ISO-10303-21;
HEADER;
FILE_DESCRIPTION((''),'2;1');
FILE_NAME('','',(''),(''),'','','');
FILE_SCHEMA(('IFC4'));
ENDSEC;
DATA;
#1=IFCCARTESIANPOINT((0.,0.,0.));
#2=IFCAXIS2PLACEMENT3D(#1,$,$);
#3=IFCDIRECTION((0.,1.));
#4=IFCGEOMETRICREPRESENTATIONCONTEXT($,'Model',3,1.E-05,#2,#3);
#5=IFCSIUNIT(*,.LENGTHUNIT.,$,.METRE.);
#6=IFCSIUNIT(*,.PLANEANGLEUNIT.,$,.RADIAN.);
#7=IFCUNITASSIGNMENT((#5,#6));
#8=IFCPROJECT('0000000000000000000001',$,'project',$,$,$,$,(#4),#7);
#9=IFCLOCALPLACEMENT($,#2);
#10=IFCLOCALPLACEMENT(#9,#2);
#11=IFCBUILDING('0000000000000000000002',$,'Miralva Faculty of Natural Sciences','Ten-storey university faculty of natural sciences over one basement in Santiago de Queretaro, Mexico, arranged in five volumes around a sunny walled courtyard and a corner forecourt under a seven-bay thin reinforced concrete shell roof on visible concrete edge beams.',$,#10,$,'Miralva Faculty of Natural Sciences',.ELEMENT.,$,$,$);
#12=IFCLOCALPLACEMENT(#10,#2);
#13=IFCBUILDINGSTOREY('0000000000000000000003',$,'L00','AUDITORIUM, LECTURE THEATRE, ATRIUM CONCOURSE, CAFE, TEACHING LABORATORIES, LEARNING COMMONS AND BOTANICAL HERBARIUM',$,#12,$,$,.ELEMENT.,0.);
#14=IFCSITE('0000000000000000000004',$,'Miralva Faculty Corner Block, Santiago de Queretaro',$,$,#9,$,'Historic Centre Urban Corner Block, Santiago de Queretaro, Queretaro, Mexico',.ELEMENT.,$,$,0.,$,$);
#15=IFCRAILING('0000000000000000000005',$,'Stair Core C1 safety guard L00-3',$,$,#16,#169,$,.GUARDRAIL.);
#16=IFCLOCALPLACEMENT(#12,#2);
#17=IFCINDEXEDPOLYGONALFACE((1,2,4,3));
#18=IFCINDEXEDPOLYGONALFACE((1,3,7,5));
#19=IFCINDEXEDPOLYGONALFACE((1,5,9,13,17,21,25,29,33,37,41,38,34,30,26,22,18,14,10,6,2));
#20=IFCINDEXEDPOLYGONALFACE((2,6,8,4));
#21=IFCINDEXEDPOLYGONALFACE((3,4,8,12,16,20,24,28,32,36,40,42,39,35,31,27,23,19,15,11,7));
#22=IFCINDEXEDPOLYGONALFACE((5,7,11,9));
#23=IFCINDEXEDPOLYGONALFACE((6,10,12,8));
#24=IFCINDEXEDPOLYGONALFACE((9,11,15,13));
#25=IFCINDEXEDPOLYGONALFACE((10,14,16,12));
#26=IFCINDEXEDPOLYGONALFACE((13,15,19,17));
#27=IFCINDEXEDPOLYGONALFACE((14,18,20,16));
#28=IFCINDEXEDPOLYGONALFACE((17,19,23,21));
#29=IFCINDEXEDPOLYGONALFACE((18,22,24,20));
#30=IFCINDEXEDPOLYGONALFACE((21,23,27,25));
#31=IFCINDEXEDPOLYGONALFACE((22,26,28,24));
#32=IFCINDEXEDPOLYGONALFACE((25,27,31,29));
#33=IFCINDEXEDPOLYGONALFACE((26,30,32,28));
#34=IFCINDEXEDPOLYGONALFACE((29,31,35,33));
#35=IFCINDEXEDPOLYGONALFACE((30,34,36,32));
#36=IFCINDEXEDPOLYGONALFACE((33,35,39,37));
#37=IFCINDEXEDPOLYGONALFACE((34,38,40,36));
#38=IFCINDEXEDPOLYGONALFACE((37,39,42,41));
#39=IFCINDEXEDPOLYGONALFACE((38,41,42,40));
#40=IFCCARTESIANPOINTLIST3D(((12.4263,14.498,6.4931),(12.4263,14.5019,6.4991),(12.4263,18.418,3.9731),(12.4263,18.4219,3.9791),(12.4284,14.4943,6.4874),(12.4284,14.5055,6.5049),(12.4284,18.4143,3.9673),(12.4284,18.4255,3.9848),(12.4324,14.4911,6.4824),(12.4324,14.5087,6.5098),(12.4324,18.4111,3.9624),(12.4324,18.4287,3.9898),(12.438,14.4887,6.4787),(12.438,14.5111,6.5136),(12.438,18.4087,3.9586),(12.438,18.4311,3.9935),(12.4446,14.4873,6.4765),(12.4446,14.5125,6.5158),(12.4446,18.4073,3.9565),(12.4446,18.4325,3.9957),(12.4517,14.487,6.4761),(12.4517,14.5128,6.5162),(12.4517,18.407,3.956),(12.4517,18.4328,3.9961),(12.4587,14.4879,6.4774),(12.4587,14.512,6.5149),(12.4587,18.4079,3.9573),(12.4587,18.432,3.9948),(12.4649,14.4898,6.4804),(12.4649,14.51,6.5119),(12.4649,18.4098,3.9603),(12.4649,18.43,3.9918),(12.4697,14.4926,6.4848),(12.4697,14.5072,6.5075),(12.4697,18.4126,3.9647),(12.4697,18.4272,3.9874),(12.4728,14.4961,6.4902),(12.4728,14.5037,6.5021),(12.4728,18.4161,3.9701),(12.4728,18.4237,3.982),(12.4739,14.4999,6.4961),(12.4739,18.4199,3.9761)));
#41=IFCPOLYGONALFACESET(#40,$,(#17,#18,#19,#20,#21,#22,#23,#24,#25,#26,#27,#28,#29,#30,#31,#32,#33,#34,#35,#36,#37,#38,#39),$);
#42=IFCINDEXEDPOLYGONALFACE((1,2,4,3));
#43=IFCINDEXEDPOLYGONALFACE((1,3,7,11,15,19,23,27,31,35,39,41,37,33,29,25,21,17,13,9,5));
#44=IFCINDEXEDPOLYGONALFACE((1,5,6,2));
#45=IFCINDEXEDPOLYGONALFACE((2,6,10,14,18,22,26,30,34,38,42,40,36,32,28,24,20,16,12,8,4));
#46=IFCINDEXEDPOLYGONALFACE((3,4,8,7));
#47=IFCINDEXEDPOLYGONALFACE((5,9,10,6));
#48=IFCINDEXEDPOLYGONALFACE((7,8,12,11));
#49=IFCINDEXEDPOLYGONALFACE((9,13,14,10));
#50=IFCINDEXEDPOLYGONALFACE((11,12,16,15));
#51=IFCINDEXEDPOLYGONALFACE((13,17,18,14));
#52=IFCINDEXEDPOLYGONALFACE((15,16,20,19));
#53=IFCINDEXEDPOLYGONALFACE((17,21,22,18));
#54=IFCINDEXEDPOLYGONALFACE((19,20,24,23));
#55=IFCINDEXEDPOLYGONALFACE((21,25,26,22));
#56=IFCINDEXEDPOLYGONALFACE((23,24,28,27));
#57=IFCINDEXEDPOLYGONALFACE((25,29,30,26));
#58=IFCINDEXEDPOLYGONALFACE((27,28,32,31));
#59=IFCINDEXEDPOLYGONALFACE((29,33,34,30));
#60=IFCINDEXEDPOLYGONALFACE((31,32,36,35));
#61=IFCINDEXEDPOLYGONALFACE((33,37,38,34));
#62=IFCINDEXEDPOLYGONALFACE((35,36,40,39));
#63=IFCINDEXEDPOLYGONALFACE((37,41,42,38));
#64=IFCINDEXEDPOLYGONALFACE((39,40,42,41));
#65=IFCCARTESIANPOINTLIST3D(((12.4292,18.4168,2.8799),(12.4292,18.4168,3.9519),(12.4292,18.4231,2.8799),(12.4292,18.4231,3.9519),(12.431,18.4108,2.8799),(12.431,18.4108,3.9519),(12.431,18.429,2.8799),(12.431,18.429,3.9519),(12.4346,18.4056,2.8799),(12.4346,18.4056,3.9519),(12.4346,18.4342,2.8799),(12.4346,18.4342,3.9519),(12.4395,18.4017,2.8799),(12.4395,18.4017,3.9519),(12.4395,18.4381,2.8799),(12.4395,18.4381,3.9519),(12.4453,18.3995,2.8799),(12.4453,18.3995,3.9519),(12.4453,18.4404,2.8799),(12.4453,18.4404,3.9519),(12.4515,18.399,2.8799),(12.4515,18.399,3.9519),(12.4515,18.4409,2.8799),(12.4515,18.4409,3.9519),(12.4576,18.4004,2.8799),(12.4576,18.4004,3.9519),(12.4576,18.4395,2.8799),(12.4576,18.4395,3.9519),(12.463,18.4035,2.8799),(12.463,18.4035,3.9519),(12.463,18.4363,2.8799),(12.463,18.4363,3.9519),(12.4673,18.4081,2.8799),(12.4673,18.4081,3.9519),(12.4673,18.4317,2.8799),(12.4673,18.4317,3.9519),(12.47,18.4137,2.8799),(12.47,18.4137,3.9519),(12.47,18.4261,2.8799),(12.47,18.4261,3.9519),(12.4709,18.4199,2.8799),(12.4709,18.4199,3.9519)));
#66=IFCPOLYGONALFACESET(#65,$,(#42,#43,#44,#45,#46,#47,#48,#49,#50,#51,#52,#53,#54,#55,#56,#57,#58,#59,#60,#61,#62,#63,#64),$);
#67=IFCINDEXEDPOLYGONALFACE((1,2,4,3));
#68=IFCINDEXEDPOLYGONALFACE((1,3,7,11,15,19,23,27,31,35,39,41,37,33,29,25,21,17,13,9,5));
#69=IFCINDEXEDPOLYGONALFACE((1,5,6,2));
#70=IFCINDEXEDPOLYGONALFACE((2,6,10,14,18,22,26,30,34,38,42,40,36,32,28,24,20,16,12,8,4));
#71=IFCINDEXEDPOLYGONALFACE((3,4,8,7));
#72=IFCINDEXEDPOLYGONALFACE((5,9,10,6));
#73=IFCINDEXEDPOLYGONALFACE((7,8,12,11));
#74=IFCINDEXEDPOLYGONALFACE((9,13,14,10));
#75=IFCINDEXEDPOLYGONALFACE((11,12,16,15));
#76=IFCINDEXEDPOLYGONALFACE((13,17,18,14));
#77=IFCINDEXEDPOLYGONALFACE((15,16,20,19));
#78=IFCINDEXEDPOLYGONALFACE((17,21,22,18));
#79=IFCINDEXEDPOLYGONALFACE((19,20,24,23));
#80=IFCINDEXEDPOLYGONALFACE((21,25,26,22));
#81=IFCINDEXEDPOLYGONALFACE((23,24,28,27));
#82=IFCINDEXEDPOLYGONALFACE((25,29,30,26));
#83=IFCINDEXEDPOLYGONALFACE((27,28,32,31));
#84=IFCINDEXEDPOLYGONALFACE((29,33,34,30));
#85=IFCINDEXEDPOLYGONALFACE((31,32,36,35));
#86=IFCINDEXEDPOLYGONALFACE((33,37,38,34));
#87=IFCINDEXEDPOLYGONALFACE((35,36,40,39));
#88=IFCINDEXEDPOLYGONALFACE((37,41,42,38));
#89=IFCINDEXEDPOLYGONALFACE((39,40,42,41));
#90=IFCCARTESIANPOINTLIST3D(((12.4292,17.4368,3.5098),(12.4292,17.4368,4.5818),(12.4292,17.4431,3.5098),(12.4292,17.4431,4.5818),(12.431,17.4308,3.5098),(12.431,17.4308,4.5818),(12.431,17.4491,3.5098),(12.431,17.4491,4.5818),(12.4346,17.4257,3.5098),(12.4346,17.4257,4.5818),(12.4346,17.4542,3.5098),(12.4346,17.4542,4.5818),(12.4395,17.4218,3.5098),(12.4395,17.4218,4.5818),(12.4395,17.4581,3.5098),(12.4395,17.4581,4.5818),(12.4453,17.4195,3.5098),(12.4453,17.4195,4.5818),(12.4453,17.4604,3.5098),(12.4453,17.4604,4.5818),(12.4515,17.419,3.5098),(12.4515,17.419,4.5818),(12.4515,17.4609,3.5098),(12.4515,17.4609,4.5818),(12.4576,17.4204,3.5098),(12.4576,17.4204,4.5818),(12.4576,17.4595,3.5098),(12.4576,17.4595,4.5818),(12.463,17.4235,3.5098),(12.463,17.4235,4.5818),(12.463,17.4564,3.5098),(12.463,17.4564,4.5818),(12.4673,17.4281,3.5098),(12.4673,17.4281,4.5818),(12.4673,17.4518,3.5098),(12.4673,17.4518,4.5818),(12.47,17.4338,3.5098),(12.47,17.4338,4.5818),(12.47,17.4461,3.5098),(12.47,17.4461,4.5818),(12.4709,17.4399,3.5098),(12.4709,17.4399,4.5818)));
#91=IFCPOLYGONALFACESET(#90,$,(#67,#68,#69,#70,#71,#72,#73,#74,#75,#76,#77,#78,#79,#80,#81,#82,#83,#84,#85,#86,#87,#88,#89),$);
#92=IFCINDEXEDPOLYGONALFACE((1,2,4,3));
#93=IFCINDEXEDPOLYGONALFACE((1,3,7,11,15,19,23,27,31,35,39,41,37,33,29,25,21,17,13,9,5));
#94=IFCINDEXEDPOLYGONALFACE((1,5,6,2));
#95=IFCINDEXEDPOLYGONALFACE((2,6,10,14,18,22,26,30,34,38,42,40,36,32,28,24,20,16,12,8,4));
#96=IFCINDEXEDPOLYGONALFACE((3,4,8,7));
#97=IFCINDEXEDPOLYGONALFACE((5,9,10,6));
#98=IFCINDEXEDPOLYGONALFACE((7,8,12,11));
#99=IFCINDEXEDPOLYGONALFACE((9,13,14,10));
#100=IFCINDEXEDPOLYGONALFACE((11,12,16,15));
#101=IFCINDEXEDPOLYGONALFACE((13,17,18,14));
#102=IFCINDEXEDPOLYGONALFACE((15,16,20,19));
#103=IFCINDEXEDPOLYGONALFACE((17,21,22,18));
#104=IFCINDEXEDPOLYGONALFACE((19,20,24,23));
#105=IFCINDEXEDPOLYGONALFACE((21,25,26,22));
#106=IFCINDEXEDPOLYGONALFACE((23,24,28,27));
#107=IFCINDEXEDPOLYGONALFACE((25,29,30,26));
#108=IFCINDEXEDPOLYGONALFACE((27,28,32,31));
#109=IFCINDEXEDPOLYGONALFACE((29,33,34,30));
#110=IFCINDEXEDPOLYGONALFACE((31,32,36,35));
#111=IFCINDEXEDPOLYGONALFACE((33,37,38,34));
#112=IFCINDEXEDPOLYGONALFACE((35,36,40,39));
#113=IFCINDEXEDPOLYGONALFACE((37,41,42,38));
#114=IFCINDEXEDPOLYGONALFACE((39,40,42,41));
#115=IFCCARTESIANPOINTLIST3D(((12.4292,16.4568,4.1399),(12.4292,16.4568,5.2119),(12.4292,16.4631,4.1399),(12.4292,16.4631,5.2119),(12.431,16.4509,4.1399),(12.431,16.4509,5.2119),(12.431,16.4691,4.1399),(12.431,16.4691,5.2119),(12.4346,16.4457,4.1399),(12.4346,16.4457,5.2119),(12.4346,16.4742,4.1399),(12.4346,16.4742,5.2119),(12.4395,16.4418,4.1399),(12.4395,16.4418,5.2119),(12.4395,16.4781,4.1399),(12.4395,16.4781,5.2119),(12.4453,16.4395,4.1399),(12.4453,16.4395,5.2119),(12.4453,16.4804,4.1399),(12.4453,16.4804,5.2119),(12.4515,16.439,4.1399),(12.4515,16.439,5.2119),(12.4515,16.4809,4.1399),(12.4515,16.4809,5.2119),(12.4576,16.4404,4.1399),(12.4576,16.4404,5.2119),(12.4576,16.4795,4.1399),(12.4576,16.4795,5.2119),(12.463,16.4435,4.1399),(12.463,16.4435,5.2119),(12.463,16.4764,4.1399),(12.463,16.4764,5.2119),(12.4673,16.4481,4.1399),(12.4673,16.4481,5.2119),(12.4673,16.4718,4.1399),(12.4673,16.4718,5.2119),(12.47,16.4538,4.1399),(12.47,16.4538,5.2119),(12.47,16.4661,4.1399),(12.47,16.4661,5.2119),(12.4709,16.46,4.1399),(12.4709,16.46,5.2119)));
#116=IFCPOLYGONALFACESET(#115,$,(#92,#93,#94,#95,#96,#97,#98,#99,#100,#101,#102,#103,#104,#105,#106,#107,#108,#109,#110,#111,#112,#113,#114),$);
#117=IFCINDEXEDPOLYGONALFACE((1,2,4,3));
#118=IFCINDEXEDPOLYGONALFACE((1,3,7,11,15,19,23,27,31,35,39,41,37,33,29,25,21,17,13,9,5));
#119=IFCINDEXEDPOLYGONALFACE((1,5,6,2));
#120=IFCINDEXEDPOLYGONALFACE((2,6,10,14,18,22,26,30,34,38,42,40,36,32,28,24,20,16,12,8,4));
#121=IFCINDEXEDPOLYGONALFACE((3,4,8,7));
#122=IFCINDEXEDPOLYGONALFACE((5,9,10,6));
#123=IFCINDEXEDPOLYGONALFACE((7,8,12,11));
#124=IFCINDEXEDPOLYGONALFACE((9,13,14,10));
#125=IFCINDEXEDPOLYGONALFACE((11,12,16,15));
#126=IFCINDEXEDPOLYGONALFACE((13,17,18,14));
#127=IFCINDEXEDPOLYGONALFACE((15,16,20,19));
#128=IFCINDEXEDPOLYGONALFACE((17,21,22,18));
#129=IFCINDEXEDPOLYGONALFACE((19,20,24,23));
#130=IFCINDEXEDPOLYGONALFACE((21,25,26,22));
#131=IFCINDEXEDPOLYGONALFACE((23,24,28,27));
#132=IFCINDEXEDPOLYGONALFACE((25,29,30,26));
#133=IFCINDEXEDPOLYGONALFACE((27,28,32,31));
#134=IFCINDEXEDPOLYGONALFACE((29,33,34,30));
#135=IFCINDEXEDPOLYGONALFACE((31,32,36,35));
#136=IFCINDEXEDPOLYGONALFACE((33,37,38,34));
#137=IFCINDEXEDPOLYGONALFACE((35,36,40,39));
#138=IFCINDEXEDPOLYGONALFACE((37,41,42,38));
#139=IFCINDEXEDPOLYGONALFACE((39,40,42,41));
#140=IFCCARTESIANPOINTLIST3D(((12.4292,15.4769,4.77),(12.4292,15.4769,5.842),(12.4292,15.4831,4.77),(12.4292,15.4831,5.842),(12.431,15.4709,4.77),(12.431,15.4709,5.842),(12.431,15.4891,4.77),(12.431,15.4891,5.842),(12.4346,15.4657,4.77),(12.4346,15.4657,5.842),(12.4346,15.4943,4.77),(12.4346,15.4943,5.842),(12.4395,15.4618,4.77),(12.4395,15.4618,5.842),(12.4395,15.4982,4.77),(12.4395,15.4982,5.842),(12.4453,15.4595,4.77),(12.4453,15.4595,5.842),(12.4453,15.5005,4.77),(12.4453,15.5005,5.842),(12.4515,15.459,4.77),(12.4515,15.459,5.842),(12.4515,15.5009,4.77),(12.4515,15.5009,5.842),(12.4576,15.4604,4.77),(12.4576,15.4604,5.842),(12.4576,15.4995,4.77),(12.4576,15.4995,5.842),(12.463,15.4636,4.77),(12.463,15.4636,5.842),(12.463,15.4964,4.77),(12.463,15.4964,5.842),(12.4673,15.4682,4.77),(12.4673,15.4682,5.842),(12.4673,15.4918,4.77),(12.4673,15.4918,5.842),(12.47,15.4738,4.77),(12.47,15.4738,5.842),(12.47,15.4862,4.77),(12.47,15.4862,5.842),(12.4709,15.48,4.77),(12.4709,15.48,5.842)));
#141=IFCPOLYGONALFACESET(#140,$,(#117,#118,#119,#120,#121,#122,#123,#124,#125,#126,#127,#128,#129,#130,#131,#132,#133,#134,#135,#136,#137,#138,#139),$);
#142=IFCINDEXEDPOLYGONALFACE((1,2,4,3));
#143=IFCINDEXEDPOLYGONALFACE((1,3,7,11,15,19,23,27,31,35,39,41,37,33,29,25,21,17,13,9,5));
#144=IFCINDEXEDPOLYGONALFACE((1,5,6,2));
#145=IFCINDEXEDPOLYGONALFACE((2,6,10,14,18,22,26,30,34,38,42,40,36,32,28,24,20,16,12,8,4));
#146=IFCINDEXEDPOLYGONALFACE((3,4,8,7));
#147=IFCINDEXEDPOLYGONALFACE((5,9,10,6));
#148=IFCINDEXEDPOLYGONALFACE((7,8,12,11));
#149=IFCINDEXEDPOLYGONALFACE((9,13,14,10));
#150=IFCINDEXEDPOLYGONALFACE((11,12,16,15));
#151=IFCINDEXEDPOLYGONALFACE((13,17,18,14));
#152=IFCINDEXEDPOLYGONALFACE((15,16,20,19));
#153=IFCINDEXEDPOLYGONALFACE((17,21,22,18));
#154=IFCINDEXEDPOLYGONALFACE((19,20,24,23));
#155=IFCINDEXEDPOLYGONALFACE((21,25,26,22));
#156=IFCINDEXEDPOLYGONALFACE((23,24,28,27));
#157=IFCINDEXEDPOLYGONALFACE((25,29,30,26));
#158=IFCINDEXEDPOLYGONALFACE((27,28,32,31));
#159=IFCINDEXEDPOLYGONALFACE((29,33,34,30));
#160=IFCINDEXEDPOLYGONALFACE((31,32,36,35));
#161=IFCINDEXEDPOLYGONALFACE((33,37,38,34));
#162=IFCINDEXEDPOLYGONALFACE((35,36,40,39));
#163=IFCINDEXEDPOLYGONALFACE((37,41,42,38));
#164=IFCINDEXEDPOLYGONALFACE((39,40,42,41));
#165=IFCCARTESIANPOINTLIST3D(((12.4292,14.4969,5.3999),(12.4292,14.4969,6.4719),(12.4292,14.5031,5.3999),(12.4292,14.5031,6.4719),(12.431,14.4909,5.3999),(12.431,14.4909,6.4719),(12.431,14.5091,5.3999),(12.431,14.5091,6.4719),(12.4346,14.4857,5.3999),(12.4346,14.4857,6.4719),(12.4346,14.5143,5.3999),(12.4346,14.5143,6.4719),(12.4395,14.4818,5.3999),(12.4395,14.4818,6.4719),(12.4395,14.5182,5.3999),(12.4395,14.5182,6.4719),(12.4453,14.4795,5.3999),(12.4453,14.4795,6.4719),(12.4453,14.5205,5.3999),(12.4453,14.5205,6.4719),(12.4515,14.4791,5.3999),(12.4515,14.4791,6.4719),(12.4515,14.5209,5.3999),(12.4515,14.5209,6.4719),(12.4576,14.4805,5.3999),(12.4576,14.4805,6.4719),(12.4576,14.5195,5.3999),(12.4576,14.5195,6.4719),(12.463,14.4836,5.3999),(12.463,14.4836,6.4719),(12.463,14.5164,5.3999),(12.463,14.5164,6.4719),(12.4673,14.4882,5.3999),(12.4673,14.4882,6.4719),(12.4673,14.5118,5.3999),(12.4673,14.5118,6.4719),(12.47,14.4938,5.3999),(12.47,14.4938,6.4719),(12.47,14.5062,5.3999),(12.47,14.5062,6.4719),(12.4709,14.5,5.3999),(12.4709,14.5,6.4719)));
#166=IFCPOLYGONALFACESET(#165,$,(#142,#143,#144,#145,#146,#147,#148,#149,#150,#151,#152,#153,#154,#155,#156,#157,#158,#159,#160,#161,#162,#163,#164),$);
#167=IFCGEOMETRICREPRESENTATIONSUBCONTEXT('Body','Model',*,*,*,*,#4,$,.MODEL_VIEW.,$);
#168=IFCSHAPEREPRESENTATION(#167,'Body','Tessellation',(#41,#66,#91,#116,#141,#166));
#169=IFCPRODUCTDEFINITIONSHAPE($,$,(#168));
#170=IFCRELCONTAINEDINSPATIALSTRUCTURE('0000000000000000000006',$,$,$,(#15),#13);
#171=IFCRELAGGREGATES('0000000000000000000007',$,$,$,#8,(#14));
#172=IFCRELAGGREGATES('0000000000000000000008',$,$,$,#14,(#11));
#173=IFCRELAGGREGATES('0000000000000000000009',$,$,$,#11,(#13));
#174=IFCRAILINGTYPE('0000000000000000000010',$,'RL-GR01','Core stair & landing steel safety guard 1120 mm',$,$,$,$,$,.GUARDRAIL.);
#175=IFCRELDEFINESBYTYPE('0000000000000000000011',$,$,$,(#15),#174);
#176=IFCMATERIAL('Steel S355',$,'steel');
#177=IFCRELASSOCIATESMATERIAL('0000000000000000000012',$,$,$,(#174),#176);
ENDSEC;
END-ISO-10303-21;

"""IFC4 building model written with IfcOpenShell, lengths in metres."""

from ifc_helpers import new_model, si_unit, direction, frame, origin, origin_2d, place, context, subcontext, project, spatial, circle, extrude, material, type_object, element, save


model = new_model("IFC4")

# Units and contexts
model_context = context("Model", 3, precision=1e-05, world=origin(), true_north=direction((0.0, 1.0)))
body_context = subcontext(model_context, "Body", "Model", "MODEL_VIEW")
ifc_project = project(units=[si_unit("LENGTHUNIT", "METRE"), si_unit("PLANEANGLEUNIT", "RADIAN")], contexts=[model_context])

# Site, building, storey
site_placement = place(None, origin())
site = spatial("IfcSite", under=ifc_project, at=site_placement, Name="Miralva Faculty Corner Block, Santiago de Queretaro", LongName="Historic Centre Urban Corner Block, Santiago de Queretaro, Queretaro, Mexico", CompositionType="ELEMENT", RefElevation=0.0)
building_placement = place(site_placement, origin())
building = spatial("IfcBuilding", under=site, at=building_placement, Name="Miralva Faculty of Natural Sciences", Description="Ten-storey university faculty of natural sciences over one basement in Santiago de Queretaro, Mexico, arranged in five volumes around a sunny walled courtyard and a corner forecourt under a seven-bay thin reinforced concrete shell roof on visible concrete edge beams.", LongName="Miralva Faculty of Natural Sciences", CompositionType="ELEMENT")
storey_placement = place(building_placement, origin())
storey = spatial("IfcBuildingStorey", under=building, at=storey_placement, Name="L00", Description="AUDITORIUM, LECTURE THEATRE, ATRIUM CONCOURSE, CAFE, TEACHING LABORATORIES, LEARNING COMMONS AND BOTANICAL HERBARIUM", CompositionType="ELEMENT", Elevation=0.0)

# Railing
ifc_material_1 = material(Name="Steel S355", Category="steel")
railing_type_1 = type_object("IfcRailingType", Name="RL-GR01", Description="Core stair & landing steel safety guard 1120 mm", PredefinedType="GUARDRAIL", material=ifc_material_1)
railing_1_placement = place(storey_placement, frame((12.45, 18.4199, 2.8799)))
element("IfcRailing", 1, at=railing_1_placement, inside=storey, type_object=railing_type_1, Name="Stair Core C1 safety guard L00-3", PredefinedType="GUARDRAIL", context=body_context, shape_type="SweptSolid", body=[
    extrude(circle(Radius=0.0239, at=origin_2d()), frame((0.0, 0.0, 1.0962), z_axis=(0.0, -0.841172, 0.540768), x_axis=(1.0, 0.0, 0.0)), (0.0, 0.0, 1.0), 4.6602),
    extrude(circle(Radius=0.021, at=origin_2d()), origin(), (0.0, 0.0, 1.0), 1.072),
    extrude(circle(Radius=0.021, at=origin_2d()), frame((0.0, -0.98, 0.6299)), (0.0, 0.0, 1.0), 1.072),
    extrude(circle(Radius=0.021, at=origin_2d()), frame((0.0, -1.96, 1.26)), (0.0, 0.0, 1.0), 1.072),
    extrude(circle(Radius=0.021, at=origin_2d()), frame((0.0, -2.9399, 1.8901)), (0.0, 0.0, 1.0), 1.072),
    extrude(circle(Radius=0.021, at=origin_2d()), frame((0.0, -3.9199, 2.52)), (0.0, 0.0, 1.0), 1.072),
])

save(model, "model.ifc")
